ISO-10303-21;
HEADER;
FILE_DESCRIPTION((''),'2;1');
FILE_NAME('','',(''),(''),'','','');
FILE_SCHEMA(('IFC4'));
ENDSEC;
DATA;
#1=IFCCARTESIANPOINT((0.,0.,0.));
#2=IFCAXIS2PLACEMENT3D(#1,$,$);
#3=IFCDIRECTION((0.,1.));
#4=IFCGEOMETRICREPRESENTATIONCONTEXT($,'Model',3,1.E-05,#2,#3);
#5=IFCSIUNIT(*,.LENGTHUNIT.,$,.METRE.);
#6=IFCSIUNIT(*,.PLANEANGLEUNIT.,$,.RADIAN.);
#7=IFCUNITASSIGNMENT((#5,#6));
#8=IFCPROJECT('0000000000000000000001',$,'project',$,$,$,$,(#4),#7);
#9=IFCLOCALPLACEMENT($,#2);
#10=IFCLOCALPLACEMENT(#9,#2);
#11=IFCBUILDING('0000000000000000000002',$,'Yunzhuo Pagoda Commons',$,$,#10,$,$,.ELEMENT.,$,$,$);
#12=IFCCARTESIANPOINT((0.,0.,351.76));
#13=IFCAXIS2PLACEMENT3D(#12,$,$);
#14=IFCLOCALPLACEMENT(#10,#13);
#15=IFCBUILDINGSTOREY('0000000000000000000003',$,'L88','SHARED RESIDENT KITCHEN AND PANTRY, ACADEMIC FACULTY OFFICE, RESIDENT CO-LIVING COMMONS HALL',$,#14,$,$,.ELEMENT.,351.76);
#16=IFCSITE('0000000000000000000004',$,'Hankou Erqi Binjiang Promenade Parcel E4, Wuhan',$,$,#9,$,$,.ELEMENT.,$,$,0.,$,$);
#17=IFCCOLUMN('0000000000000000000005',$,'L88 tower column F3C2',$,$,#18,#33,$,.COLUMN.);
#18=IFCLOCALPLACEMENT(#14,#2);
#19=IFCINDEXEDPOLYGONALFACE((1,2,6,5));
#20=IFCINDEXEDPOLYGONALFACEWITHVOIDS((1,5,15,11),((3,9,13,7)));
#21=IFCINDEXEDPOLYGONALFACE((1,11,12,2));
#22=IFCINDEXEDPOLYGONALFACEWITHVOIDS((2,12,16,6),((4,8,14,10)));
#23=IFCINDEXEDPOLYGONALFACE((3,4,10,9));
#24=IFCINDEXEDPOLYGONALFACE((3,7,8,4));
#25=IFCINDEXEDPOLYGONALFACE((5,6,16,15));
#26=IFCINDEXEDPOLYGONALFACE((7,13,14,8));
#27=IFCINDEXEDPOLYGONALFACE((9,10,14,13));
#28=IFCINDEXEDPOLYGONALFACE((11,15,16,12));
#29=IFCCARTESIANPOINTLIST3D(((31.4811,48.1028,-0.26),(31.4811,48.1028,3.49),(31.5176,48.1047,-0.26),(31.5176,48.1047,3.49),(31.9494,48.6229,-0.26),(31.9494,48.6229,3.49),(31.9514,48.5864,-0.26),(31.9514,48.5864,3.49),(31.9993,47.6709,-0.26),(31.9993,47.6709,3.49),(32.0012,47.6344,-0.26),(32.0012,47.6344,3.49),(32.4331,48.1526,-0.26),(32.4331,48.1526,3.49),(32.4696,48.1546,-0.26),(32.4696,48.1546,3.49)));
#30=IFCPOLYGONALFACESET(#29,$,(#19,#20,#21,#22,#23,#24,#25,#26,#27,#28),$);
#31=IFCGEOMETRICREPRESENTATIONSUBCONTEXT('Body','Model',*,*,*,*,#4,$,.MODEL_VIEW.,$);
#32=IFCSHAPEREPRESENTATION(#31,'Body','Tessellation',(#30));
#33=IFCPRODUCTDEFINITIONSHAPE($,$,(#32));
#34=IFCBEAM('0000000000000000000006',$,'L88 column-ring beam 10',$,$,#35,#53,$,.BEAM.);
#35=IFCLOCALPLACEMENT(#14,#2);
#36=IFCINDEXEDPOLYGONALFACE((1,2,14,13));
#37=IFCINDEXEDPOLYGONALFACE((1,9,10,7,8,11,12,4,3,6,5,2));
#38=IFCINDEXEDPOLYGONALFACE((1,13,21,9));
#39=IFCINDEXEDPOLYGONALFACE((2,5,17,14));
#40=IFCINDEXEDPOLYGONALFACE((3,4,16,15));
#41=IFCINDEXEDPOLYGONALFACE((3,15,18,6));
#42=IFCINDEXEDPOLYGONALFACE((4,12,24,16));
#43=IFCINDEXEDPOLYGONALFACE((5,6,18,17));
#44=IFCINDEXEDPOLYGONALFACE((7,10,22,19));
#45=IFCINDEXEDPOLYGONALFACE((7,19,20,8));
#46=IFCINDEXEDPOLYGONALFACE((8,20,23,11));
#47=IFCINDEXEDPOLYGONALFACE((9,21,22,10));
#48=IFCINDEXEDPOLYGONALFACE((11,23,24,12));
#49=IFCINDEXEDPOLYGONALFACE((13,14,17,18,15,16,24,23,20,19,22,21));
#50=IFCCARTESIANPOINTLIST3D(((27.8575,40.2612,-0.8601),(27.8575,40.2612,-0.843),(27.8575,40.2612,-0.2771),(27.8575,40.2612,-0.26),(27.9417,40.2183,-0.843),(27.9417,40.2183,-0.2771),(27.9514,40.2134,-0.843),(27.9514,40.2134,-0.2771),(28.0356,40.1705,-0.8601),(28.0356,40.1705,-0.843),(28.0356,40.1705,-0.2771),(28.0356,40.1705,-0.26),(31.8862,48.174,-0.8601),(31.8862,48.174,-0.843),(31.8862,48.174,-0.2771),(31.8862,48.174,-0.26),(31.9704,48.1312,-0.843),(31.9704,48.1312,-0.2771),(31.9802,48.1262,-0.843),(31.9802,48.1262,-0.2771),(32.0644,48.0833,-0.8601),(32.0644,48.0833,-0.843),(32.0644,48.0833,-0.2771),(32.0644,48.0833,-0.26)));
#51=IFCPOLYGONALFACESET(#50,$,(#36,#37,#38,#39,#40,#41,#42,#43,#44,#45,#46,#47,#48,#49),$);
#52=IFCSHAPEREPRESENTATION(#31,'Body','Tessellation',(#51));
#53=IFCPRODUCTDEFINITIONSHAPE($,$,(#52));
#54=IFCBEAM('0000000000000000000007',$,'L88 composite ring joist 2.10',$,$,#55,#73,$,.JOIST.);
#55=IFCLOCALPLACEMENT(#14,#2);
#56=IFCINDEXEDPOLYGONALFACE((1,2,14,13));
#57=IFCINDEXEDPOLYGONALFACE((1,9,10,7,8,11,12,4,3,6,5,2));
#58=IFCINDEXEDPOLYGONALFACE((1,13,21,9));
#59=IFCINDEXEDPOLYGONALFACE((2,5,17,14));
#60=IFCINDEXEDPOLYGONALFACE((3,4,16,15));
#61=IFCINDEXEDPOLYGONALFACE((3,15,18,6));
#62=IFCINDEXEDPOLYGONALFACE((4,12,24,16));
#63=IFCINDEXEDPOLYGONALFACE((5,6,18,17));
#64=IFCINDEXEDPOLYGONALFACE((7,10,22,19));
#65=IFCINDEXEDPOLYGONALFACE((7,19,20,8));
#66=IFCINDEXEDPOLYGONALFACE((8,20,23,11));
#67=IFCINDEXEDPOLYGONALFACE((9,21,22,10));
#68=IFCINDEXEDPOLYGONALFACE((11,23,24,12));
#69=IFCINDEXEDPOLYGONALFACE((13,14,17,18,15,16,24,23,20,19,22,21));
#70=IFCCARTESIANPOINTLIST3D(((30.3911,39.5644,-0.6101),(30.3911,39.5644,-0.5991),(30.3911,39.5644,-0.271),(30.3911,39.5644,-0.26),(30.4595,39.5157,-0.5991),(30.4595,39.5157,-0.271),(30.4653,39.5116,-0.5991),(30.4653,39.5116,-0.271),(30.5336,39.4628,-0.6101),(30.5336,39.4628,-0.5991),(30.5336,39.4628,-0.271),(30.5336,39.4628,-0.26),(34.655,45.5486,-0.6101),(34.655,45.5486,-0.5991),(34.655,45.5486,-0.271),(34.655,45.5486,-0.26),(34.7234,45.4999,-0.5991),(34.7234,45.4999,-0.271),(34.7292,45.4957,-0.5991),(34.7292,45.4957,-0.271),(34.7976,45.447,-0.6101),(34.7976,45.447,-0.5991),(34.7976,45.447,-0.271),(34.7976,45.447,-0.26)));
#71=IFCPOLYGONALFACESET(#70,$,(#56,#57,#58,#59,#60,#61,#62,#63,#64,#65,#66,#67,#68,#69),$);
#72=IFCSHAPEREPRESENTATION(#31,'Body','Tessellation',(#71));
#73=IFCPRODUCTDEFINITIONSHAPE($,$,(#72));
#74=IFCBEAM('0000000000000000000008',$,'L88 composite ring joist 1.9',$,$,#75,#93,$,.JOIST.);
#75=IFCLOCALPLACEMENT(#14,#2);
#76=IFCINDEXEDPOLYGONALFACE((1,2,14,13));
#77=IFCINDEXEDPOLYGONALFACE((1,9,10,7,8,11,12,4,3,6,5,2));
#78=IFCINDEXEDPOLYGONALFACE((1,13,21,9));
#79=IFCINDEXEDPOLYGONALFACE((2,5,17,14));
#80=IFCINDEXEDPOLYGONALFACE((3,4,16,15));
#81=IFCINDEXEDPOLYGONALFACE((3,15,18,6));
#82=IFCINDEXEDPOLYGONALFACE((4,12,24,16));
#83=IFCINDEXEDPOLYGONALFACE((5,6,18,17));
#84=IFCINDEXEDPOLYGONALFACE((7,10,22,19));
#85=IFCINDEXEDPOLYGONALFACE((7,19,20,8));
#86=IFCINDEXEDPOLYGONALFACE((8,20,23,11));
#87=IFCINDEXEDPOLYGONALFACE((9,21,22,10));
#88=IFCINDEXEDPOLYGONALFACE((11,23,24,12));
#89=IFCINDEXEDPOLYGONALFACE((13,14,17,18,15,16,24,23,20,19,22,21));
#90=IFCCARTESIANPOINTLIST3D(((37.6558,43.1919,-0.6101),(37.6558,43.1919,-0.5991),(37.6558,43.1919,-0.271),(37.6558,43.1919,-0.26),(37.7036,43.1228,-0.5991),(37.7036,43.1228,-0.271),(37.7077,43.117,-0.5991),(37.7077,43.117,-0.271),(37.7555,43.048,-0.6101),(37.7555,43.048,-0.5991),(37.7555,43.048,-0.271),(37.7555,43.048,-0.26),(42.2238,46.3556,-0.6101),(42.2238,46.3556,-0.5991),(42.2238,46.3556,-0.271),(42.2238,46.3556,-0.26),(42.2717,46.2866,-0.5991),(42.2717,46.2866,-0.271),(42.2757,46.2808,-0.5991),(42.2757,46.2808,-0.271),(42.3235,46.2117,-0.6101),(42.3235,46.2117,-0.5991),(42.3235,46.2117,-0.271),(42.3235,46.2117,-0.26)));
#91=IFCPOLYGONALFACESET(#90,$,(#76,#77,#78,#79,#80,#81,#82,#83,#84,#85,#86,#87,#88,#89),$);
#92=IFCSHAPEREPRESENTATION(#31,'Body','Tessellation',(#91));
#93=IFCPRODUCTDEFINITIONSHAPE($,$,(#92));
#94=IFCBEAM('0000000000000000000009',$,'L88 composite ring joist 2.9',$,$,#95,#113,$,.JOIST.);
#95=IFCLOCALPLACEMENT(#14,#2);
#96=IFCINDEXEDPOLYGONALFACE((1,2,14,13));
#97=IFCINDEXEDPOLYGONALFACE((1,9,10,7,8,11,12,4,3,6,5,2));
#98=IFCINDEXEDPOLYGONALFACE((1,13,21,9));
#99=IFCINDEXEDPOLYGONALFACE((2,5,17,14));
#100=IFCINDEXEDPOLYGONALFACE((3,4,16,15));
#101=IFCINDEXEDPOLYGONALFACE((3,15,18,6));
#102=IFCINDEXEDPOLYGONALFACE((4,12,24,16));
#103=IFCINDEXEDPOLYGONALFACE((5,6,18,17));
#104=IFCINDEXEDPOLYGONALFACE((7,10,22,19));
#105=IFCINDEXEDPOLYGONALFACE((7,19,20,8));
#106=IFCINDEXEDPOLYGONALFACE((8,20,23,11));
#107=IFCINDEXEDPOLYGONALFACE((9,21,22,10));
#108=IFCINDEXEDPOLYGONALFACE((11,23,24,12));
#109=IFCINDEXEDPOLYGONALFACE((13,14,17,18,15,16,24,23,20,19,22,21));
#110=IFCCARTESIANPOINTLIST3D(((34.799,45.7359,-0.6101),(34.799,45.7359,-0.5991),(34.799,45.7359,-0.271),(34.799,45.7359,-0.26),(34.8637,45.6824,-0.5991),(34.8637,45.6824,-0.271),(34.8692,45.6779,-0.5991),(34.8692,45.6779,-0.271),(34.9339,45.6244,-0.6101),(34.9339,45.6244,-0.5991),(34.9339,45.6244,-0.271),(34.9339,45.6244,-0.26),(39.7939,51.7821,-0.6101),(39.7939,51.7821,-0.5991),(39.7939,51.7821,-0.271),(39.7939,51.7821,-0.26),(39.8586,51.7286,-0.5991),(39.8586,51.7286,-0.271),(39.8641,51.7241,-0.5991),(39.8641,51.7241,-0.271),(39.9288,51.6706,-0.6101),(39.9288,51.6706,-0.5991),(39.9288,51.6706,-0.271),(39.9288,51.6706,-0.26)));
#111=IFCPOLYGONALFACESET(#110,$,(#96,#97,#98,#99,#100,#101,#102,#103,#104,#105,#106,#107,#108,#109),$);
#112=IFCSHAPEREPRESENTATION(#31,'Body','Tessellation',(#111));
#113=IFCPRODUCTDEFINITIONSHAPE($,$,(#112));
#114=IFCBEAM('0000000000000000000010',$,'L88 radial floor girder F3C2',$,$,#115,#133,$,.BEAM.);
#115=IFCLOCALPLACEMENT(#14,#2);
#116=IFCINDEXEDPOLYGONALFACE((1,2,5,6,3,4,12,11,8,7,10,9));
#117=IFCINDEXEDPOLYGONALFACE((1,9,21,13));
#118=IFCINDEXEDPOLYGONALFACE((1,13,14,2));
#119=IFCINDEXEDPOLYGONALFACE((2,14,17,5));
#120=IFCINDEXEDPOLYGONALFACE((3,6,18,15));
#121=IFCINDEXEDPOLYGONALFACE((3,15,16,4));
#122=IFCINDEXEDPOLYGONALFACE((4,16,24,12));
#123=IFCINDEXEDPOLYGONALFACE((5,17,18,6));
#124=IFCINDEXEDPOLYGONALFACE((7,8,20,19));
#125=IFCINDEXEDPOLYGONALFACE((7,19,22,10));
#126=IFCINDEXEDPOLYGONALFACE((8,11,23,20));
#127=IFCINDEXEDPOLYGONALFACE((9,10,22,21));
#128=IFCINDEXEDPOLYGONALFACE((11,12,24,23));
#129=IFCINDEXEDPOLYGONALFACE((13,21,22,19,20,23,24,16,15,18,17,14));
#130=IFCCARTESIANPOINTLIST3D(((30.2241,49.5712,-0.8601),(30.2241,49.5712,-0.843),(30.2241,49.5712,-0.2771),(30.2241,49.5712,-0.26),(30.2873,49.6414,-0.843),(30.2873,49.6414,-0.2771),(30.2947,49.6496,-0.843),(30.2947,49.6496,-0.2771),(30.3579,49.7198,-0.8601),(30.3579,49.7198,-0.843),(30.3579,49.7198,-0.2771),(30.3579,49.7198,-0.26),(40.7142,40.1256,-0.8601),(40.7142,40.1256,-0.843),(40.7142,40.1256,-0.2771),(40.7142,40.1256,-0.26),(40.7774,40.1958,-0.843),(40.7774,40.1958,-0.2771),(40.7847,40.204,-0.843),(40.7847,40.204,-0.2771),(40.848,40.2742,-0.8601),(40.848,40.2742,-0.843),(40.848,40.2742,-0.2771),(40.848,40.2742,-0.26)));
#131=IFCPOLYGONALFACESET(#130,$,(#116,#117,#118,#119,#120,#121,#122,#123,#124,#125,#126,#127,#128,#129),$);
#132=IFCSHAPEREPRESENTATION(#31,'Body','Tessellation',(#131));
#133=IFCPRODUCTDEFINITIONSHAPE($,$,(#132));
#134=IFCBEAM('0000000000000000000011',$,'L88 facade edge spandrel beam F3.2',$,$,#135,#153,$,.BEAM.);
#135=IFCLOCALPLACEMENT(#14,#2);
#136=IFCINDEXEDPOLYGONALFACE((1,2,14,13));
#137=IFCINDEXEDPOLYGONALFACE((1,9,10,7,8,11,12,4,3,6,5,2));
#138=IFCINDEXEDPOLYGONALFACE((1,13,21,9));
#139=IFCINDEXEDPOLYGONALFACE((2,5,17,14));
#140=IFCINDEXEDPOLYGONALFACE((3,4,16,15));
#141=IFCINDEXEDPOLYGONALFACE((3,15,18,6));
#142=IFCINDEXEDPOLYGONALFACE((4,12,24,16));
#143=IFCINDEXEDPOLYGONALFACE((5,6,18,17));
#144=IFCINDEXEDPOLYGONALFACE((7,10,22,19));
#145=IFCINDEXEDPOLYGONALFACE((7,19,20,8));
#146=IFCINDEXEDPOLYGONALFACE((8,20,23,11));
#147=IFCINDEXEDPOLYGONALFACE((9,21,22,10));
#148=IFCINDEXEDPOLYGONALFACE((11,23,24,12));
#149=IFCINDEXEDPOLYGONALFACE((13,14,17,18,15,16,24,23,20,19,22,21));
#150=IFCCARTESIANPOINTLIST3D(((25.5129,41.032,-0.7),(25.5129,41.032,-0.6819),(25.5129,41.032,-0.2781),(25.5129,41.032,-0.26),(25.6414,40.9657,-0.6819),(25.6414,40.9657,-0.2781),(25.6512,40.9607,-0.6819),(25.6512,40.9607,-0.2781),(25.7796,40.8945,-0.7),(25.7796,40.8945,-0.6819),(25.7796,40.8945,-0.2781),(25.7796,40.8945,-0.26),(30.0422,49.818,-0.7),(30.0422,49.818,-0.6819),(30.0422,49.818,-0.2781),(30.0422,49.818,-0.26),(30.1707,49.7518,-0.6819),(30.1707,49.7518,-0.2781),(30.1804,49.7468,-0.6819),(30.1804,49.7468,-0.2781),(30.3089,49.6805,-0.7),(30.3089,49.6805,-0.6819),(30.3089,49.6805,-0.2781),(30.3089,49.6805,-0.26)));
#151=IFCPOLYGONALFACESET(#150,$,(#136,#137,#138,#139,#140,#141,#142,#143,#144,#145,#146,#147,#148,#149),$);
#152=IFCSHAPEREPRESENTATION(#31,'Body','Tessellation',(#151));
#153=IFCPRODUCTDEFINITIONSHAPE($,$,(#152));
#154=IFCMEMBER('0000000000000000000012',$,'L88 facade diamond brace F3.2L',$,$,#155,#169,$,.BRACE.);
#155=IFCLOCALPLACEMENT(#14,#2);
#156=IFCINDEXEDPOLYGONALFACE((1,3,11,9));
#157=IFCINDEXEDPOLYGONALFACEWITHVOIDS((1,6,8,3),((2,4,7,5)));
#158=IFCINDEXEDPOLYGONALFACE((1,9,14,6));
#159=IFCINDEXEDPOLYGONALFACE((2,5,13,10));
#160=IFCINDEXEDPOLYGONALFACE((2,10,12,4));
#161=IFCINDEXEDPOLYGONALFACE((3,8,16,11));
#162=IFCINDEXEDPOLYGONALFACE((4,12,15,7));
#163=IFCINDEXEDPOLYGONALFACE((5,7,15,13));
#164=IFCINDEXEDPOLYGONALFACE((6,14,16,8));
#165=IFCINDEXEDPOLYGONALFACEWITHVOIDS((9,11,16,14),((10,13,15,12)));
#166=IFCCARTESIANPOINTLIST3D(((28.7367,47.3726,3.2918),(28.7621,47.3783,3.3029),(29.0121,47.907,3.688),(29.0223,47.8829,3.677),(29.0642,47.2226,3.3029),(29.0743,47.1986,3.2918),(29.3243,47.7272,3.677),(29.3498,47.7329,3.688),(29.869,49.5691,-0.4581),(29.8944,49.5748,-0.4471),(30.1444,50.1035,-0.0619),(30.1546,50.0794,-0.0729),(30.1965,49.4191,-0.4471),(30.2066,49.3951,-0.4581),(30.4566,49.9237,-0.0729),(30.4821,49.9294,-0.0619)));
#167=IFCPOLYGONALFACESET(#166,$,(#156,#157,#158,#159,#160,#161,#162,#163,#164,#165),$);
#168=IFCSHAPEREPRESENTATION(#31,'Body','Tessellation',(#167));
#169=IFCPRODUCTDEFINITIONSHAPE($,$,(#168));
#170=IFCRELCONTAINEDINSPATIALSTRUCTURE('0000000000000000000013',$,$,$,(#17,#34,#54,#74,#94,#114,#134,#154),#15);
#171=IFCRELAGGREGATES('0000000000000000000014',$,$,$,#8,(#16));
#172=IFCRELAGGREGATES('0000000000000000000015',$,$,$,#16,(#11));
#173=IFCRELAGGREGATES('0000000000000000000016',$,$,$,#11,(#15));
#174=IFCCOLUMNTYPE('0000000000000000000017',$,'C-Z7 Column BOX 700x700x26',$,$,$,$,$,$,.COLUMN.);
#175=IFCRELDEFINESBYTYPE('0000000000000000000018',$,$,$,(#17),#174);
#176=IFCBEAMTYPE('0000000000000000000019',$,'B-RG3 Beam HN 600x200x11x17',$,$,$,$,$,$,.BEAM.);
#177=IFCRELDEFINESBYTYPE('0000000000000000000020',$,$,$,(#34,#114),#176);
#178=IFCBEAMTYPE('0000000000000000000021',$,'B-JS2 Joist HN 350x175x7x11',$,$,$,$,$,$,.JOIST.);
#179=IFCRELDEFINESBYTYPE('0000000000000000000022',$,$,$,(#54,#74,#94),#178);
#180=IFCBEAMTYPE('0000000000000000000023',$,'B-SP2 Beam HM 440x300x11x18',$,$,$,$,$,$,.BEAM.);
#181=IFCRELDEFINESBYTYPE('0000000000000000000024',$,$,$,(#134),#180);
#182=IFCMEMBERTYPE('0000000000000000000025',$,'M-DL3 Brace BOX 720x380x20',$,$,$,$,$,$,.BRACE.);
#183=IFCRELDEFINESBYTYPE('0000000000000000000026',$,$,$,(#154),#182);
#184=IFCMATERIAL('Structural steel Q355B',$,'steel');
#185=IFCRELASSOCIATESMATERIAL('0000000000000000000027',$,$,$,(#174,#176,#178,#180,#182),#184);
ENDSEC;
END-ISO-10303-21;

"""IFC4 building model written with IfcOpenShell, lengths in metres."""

from ifc_helpers import new_model, si_unit, direction, frame, origin, origin_2d, place, context, subcontext, project, spatial, hollow_rectangle, i_section, extrude, source, transform, mapped, material, material_profile, profile_set, type_object, element, save


model = new_model("IFC4")

# Units and contexts
model_context = context("Model", 3, precision=1e-05, world=origin(), true_north=direction((0.0, 1.0)))
body_context = subcontext(model_context, "Body", "Model", "MODEL_VIEW")
ifc_project = project(units=[si_unit("LENGTHUNIT", "METRE"), si_unit("PLANEANGLEUNIT", "RADIAN")], contexts=[model_context])

# Site, building, storey
site_placement = place(None, origin())
site = spatial("IfcSite", under=ifc_project, at=site_placement, Name="Hankou Erqi Binjiang Promenade Parcel E4, Wuhan", CompositionType="ELEMENT", RefElevation=0.0)
building_placement = place(site_placement, origin())
building = spatial("IfcBuilding", under=site, at=building_placement, Name="Yunzhuo Pagoda Commons", CompositionType="ELEMENT")
storey_placement = place(building_placement, frame((0.0, 0.0, 351.76)))
storey = spatial("IfcBuildingStorey", under=building, at=storey_placement, Name="L88", Description="SHARED RESIDENT KITCHEN AND PANTRY, ACADEMIC FACULTY OFFICE, RESIDENT CO-LIVING COMMONS HALL", CompositionType="ELEMENT", Elevation=351.76)

# Column
ifc_material_1 = material(Name="Structural steel Q355B", Category="steel")
ifc_material_profile_1 = material_profile(ifc_material_1, hollow_rectangle(XDim=0.7, YDim=0.7, WallThickness=0.0259, at=origin_2d()), Name="Structural steel Q355B")
ifc_profile_set_1 = profile_set([ifc_material_profile_1], Name="Structural steel Q355B")
column_type = type_object("IfcColumnType", Name="C-Z7 Column BOX 700x700x26", PredefinedType="COLUMN", material=ifc_profile_set_1)
shared_shape_1 = source(origin(), body_context, "Body", "SweptSolid", [
    extrude(hollow_rectangle(XDim=0.7, YDim=0.7, WallThickness=0.0259, at=origin_2d()), origin(), (0.0, 0.0, 1.0), 3.75),
])
column_placement = place(storey_placement, frame((31.9753, 48.1287, -0.26), z_axis=(0.0, 0.0, 1.0), x_axis=(-0.669131, -0.743145, 0.0)))
element("IfcColumn", 1, at=column_placement, inside=storey, type_object=column_type, Name="L88 tower column F3C2", PredefinedType="COLUMN", context=body_context, shape_type="MappedRepresentation", body=[
    mapped(shared_shape_1, transform((0.0, 0.0, 0.0), scale=1.0)),
])

# Beams
ifc_material_profile_2 = material_profile(ifc_material_1, i_section(OverallWidth=0.2, OverallDepth=0.6001, WebThickness=0.011, FlangeThickness=0.0171, at=origin_2d()), Name="Structural steel Q355B")
ifc_profile_set_2 = profile_set([ifc_material_profile_2], Name="Structural steel Q355B")
beam_type_1 = type_object("IfcBeamType", Name="B-RG3 Beam HN 600x200x11x17", PredefinedType="BEAM", material=ifc_profile_set_2)
shared_shape_2 = source(origin(), body_context, "Body", "SweptSolid", [
    extrude(i_section(OverallWidth=0.2, OverallDepth=0.6001, WebThickness=0.011, FlangeThickness=0.0171, at=origin_2d()), origin(), (0.0, 0.0, 1.0), 8.8794),
])
beam_1_placement = place(storey_placement, frame((31.9753, 48.1287, -0.5601), z_axis=(-0.453724, -0.891142, 0.0), x_axis=(0.891142, -0.453724, 0.0)))
element("IfcBeam", 2, at=beam_1_placement, inside=storey, type_object=beam_type_1, Name="L88 column-ring beam 10", PredefinedType="BEAM", context=body_context, shape_type="MappedRepresentation", body=[
    mapped(shared_shape_2, transform((0.0, 0.0, 0.0), scale=1.0)),
])
ifc_material_profile_3 = material_profile(ifc_material_1, i_section(OverallWidth=0.175, OverallDepth=0.3501, WebThickness=0.0071, FlangeThickness=0.011, at=origin_2d()), Name="Structural steel Q355B")
ifc_profile_set_3 = profile_set([ifc_material_profile_3], Name="Structural steel Q355B")
beam_type_2 = type_object("IfcBeamType", Name="B-JS2 Joist HN 350x175x7x11", PredefinedType="JOIST", material=ifc_profile_set_3)
shared_shape_3 = source(origin(), body_context, "Body", "SweptSolid", [
    extrude(i_section(OverallWidth=0.175, OverallDepth=0.3501, WebThickness=0.0071, FlangeThickness=0.011, at=origin_2d()), origin(), (0.0, 0.0, 1.0), 7.3479),
])
beam_2_placement = place(storey_placement, frame((34.7263, 45.4978, -0.4351), z_axis=(-0.580295, -0.814406, 0.0), x_axis=(0.814406, -0.580295, 0.0)))
element("IfcBeam", 3, at=beam_2_placement, inside=storey, type_object=beam_type_2, Name="L88 composite ring joist 2.10", PredefinedType="JOIST", context=body_context, shape_type="MappedRepresentation", body=[
    mapped(shared_shape_3, transform((0.0, 0.0, 0.0), scale=1.0)),
])
shared_shape_4 = source(origin(), body_context, "Body", "SweptSolid", [
    extrude(i_section(OverallWidth=0.175, OverallDepth=0.3501, WebThickness=0.0071, FlangeThickness=0.011, at=origin_2d()), origin(), (0.0, 0.0, 1.0), 5.5566),
])
beam_3_placement = place(storey_placement, frame((42.2737, 46.2837, -0.4351), z_axis=(-0.822085, -0.569365, 0.0), x_axis=(0.569365, -0.822085, 0.0)))
element("IfcBeam", 4, at=beam_3_placement, inside=storey, type_object=beam_type_2, Name="L88 composite ring joist 1.9", PredefinedType="JOIST", context=body_context, shape_type="MappedRepresentation", body=[
    mapped(shared_shape_4, transform((0.0, 0.0, 0.0), scale=1.0)),
])
shared_shape_5 = source(origin(), body_context, "Body", "SweptSolid", [
    extrude(i_section(OverallWidth=0.175, OverallDepth=0.3501, WebThickness=0.0071, FlangeThickness=0.011, at=origin_2d()), origin(), (0.0, 0.0, 1.0), 7.8425),
])
beam_4_placement = place(storey_placement, frame((39.8613, 51.7263, -0.4351), z_axis=(-0.636899, -0.770947, 0.0), x_axis=(0.770947, -0.636899, 0.0)))
element("IfcBeam", 5, at=beam_4_placement, inside=storey, type_object=beam_type_2, Name="L88 composite ring joist 2.9", PredefinedType="JOIST", context=body_context, shape_type="MappedRepresentation", body=[
    mapped(shared_shape_5, transform((0.0, 0.0, 0.0), scale=1.0)),
])
shared_shape_6 = source(origin(), body_context, "Body", "SweptSolid", [
    extrude(i_section(OverallWidth=0.2, OverallDepth=0.6001, WebThickness=0.011, FlangeThickness=0.0171, at=origin_2d()), origin(), (0.0, 0.0, 1.0), 14.116),
])
beam_5_placement = place(storey_placement, frame((30.291, 49.6455, -0.5601), z_axis=(0.743133, -0.669143, 0.0), x_axis=(0.669143, 0.743133, 0.0)))
element("IfcBeam", 6, at=beam_5_placement, inside=storey, type_object=beam_type_1, Name="L88 radial floor girder F3C2", PredefinedType="BEAM", context=body_context, shape_type="MappedRepresentation", body=[
    mapped(shared_shape_6, transform((0.0, 0.0, 0.0), scale=1.0)),
])
ifc_material_profile_4 = material_profile(ifc_material_1, i_section(OverallWidth=0.3, OverallDepth=0.4399, WebThickness=0.011, FlangeThickness=0.0181, at=origin_2d()), Name="Structural steel Q355B")
ifc_profile_set_4 = profile_set([ifc_material_profile_4], Name="Structural steel Q355B")
beam_type_3 = type_object("IfcBeamType", Name="B-SP2 Beam HM 440x300x11x18", PredefinedType="BEAM", material=ifc_profile_set_4)
shared_shape_7 = source(origin(), body_context, "Body", "SweptSolid", [
    extrude(i_section(OverallWidth=0.3, OverallDepth=0.4399, WebThickness=0.011, FlangeThickness=0.0181, at=origin_2d()), origin(), (0.0, 0.0, 1.0), 9.8848),
])
beam_6_placement = place(storey_placement, frame((30.1755, 49.7493, -0.48), z_axis=(-0.458205, -0.888847, 0.0), x_axis=(0.888847, -0.458205, 0.0)))
element("IfcBeam", 7, at=beam_6_placement, inside=storey, type_object=beam_type_3, Name="L88 facade edge spandrel beam F3.2", PredefinedType="BEAM", context=body_context, shape_type="MappedRepresentation", body=[
    mapped(shared_shape_7, transform((0.0, 0.0, 0.0), scale=1.0)),
])

# Member
ifc_material_profile_5 = material_profile(ifc_material_1, hollow_rectangle(XDim=0.3799, YDim=0.72, WallThickness=0.02, at=origin_2d()), Name="Structural steel Q355B")
ifc_profile_set_5 = profile_set([ifc_material_profile_5], Name="Structural steel Q355B")
member_type_1 = type_object("IfcMemberType", Name="M-DL3 Brace BOX 720x380x20", PredefinedType="BRACE", material=ifc_profile_set_5)
shared_shape_8 = source(origin(), body_context, "Body", "SweptSolid", [
    extrude(hollow_rectangle(XDim=0.3799, YDim=0.72, WallThickness=0.02, at=origin_2d()), origin(), (0.0, 0.0, 1.0), 4.491),
])
member_1_placement = place(storey_placement, frame((30.1755, 49.7493, -0.26), z_axis=(-0.25213, -0.489093, 0.834996), x_axis=(0.888847, -0.458205, 0.0)))
element("IfcMember", 8, at=member_1_placement, inside=storey, type_object=member_type_1, Name="L88 facade diamond brace F3.2L", PredefinedType="BRACE", context=body_context, shape_type="MappedRepresentation", body=[
    mapped(shared_shape_8, transform((0.0, 0.0, 0.0), scale=1.0)),
])

save(model, "model.ifc")
